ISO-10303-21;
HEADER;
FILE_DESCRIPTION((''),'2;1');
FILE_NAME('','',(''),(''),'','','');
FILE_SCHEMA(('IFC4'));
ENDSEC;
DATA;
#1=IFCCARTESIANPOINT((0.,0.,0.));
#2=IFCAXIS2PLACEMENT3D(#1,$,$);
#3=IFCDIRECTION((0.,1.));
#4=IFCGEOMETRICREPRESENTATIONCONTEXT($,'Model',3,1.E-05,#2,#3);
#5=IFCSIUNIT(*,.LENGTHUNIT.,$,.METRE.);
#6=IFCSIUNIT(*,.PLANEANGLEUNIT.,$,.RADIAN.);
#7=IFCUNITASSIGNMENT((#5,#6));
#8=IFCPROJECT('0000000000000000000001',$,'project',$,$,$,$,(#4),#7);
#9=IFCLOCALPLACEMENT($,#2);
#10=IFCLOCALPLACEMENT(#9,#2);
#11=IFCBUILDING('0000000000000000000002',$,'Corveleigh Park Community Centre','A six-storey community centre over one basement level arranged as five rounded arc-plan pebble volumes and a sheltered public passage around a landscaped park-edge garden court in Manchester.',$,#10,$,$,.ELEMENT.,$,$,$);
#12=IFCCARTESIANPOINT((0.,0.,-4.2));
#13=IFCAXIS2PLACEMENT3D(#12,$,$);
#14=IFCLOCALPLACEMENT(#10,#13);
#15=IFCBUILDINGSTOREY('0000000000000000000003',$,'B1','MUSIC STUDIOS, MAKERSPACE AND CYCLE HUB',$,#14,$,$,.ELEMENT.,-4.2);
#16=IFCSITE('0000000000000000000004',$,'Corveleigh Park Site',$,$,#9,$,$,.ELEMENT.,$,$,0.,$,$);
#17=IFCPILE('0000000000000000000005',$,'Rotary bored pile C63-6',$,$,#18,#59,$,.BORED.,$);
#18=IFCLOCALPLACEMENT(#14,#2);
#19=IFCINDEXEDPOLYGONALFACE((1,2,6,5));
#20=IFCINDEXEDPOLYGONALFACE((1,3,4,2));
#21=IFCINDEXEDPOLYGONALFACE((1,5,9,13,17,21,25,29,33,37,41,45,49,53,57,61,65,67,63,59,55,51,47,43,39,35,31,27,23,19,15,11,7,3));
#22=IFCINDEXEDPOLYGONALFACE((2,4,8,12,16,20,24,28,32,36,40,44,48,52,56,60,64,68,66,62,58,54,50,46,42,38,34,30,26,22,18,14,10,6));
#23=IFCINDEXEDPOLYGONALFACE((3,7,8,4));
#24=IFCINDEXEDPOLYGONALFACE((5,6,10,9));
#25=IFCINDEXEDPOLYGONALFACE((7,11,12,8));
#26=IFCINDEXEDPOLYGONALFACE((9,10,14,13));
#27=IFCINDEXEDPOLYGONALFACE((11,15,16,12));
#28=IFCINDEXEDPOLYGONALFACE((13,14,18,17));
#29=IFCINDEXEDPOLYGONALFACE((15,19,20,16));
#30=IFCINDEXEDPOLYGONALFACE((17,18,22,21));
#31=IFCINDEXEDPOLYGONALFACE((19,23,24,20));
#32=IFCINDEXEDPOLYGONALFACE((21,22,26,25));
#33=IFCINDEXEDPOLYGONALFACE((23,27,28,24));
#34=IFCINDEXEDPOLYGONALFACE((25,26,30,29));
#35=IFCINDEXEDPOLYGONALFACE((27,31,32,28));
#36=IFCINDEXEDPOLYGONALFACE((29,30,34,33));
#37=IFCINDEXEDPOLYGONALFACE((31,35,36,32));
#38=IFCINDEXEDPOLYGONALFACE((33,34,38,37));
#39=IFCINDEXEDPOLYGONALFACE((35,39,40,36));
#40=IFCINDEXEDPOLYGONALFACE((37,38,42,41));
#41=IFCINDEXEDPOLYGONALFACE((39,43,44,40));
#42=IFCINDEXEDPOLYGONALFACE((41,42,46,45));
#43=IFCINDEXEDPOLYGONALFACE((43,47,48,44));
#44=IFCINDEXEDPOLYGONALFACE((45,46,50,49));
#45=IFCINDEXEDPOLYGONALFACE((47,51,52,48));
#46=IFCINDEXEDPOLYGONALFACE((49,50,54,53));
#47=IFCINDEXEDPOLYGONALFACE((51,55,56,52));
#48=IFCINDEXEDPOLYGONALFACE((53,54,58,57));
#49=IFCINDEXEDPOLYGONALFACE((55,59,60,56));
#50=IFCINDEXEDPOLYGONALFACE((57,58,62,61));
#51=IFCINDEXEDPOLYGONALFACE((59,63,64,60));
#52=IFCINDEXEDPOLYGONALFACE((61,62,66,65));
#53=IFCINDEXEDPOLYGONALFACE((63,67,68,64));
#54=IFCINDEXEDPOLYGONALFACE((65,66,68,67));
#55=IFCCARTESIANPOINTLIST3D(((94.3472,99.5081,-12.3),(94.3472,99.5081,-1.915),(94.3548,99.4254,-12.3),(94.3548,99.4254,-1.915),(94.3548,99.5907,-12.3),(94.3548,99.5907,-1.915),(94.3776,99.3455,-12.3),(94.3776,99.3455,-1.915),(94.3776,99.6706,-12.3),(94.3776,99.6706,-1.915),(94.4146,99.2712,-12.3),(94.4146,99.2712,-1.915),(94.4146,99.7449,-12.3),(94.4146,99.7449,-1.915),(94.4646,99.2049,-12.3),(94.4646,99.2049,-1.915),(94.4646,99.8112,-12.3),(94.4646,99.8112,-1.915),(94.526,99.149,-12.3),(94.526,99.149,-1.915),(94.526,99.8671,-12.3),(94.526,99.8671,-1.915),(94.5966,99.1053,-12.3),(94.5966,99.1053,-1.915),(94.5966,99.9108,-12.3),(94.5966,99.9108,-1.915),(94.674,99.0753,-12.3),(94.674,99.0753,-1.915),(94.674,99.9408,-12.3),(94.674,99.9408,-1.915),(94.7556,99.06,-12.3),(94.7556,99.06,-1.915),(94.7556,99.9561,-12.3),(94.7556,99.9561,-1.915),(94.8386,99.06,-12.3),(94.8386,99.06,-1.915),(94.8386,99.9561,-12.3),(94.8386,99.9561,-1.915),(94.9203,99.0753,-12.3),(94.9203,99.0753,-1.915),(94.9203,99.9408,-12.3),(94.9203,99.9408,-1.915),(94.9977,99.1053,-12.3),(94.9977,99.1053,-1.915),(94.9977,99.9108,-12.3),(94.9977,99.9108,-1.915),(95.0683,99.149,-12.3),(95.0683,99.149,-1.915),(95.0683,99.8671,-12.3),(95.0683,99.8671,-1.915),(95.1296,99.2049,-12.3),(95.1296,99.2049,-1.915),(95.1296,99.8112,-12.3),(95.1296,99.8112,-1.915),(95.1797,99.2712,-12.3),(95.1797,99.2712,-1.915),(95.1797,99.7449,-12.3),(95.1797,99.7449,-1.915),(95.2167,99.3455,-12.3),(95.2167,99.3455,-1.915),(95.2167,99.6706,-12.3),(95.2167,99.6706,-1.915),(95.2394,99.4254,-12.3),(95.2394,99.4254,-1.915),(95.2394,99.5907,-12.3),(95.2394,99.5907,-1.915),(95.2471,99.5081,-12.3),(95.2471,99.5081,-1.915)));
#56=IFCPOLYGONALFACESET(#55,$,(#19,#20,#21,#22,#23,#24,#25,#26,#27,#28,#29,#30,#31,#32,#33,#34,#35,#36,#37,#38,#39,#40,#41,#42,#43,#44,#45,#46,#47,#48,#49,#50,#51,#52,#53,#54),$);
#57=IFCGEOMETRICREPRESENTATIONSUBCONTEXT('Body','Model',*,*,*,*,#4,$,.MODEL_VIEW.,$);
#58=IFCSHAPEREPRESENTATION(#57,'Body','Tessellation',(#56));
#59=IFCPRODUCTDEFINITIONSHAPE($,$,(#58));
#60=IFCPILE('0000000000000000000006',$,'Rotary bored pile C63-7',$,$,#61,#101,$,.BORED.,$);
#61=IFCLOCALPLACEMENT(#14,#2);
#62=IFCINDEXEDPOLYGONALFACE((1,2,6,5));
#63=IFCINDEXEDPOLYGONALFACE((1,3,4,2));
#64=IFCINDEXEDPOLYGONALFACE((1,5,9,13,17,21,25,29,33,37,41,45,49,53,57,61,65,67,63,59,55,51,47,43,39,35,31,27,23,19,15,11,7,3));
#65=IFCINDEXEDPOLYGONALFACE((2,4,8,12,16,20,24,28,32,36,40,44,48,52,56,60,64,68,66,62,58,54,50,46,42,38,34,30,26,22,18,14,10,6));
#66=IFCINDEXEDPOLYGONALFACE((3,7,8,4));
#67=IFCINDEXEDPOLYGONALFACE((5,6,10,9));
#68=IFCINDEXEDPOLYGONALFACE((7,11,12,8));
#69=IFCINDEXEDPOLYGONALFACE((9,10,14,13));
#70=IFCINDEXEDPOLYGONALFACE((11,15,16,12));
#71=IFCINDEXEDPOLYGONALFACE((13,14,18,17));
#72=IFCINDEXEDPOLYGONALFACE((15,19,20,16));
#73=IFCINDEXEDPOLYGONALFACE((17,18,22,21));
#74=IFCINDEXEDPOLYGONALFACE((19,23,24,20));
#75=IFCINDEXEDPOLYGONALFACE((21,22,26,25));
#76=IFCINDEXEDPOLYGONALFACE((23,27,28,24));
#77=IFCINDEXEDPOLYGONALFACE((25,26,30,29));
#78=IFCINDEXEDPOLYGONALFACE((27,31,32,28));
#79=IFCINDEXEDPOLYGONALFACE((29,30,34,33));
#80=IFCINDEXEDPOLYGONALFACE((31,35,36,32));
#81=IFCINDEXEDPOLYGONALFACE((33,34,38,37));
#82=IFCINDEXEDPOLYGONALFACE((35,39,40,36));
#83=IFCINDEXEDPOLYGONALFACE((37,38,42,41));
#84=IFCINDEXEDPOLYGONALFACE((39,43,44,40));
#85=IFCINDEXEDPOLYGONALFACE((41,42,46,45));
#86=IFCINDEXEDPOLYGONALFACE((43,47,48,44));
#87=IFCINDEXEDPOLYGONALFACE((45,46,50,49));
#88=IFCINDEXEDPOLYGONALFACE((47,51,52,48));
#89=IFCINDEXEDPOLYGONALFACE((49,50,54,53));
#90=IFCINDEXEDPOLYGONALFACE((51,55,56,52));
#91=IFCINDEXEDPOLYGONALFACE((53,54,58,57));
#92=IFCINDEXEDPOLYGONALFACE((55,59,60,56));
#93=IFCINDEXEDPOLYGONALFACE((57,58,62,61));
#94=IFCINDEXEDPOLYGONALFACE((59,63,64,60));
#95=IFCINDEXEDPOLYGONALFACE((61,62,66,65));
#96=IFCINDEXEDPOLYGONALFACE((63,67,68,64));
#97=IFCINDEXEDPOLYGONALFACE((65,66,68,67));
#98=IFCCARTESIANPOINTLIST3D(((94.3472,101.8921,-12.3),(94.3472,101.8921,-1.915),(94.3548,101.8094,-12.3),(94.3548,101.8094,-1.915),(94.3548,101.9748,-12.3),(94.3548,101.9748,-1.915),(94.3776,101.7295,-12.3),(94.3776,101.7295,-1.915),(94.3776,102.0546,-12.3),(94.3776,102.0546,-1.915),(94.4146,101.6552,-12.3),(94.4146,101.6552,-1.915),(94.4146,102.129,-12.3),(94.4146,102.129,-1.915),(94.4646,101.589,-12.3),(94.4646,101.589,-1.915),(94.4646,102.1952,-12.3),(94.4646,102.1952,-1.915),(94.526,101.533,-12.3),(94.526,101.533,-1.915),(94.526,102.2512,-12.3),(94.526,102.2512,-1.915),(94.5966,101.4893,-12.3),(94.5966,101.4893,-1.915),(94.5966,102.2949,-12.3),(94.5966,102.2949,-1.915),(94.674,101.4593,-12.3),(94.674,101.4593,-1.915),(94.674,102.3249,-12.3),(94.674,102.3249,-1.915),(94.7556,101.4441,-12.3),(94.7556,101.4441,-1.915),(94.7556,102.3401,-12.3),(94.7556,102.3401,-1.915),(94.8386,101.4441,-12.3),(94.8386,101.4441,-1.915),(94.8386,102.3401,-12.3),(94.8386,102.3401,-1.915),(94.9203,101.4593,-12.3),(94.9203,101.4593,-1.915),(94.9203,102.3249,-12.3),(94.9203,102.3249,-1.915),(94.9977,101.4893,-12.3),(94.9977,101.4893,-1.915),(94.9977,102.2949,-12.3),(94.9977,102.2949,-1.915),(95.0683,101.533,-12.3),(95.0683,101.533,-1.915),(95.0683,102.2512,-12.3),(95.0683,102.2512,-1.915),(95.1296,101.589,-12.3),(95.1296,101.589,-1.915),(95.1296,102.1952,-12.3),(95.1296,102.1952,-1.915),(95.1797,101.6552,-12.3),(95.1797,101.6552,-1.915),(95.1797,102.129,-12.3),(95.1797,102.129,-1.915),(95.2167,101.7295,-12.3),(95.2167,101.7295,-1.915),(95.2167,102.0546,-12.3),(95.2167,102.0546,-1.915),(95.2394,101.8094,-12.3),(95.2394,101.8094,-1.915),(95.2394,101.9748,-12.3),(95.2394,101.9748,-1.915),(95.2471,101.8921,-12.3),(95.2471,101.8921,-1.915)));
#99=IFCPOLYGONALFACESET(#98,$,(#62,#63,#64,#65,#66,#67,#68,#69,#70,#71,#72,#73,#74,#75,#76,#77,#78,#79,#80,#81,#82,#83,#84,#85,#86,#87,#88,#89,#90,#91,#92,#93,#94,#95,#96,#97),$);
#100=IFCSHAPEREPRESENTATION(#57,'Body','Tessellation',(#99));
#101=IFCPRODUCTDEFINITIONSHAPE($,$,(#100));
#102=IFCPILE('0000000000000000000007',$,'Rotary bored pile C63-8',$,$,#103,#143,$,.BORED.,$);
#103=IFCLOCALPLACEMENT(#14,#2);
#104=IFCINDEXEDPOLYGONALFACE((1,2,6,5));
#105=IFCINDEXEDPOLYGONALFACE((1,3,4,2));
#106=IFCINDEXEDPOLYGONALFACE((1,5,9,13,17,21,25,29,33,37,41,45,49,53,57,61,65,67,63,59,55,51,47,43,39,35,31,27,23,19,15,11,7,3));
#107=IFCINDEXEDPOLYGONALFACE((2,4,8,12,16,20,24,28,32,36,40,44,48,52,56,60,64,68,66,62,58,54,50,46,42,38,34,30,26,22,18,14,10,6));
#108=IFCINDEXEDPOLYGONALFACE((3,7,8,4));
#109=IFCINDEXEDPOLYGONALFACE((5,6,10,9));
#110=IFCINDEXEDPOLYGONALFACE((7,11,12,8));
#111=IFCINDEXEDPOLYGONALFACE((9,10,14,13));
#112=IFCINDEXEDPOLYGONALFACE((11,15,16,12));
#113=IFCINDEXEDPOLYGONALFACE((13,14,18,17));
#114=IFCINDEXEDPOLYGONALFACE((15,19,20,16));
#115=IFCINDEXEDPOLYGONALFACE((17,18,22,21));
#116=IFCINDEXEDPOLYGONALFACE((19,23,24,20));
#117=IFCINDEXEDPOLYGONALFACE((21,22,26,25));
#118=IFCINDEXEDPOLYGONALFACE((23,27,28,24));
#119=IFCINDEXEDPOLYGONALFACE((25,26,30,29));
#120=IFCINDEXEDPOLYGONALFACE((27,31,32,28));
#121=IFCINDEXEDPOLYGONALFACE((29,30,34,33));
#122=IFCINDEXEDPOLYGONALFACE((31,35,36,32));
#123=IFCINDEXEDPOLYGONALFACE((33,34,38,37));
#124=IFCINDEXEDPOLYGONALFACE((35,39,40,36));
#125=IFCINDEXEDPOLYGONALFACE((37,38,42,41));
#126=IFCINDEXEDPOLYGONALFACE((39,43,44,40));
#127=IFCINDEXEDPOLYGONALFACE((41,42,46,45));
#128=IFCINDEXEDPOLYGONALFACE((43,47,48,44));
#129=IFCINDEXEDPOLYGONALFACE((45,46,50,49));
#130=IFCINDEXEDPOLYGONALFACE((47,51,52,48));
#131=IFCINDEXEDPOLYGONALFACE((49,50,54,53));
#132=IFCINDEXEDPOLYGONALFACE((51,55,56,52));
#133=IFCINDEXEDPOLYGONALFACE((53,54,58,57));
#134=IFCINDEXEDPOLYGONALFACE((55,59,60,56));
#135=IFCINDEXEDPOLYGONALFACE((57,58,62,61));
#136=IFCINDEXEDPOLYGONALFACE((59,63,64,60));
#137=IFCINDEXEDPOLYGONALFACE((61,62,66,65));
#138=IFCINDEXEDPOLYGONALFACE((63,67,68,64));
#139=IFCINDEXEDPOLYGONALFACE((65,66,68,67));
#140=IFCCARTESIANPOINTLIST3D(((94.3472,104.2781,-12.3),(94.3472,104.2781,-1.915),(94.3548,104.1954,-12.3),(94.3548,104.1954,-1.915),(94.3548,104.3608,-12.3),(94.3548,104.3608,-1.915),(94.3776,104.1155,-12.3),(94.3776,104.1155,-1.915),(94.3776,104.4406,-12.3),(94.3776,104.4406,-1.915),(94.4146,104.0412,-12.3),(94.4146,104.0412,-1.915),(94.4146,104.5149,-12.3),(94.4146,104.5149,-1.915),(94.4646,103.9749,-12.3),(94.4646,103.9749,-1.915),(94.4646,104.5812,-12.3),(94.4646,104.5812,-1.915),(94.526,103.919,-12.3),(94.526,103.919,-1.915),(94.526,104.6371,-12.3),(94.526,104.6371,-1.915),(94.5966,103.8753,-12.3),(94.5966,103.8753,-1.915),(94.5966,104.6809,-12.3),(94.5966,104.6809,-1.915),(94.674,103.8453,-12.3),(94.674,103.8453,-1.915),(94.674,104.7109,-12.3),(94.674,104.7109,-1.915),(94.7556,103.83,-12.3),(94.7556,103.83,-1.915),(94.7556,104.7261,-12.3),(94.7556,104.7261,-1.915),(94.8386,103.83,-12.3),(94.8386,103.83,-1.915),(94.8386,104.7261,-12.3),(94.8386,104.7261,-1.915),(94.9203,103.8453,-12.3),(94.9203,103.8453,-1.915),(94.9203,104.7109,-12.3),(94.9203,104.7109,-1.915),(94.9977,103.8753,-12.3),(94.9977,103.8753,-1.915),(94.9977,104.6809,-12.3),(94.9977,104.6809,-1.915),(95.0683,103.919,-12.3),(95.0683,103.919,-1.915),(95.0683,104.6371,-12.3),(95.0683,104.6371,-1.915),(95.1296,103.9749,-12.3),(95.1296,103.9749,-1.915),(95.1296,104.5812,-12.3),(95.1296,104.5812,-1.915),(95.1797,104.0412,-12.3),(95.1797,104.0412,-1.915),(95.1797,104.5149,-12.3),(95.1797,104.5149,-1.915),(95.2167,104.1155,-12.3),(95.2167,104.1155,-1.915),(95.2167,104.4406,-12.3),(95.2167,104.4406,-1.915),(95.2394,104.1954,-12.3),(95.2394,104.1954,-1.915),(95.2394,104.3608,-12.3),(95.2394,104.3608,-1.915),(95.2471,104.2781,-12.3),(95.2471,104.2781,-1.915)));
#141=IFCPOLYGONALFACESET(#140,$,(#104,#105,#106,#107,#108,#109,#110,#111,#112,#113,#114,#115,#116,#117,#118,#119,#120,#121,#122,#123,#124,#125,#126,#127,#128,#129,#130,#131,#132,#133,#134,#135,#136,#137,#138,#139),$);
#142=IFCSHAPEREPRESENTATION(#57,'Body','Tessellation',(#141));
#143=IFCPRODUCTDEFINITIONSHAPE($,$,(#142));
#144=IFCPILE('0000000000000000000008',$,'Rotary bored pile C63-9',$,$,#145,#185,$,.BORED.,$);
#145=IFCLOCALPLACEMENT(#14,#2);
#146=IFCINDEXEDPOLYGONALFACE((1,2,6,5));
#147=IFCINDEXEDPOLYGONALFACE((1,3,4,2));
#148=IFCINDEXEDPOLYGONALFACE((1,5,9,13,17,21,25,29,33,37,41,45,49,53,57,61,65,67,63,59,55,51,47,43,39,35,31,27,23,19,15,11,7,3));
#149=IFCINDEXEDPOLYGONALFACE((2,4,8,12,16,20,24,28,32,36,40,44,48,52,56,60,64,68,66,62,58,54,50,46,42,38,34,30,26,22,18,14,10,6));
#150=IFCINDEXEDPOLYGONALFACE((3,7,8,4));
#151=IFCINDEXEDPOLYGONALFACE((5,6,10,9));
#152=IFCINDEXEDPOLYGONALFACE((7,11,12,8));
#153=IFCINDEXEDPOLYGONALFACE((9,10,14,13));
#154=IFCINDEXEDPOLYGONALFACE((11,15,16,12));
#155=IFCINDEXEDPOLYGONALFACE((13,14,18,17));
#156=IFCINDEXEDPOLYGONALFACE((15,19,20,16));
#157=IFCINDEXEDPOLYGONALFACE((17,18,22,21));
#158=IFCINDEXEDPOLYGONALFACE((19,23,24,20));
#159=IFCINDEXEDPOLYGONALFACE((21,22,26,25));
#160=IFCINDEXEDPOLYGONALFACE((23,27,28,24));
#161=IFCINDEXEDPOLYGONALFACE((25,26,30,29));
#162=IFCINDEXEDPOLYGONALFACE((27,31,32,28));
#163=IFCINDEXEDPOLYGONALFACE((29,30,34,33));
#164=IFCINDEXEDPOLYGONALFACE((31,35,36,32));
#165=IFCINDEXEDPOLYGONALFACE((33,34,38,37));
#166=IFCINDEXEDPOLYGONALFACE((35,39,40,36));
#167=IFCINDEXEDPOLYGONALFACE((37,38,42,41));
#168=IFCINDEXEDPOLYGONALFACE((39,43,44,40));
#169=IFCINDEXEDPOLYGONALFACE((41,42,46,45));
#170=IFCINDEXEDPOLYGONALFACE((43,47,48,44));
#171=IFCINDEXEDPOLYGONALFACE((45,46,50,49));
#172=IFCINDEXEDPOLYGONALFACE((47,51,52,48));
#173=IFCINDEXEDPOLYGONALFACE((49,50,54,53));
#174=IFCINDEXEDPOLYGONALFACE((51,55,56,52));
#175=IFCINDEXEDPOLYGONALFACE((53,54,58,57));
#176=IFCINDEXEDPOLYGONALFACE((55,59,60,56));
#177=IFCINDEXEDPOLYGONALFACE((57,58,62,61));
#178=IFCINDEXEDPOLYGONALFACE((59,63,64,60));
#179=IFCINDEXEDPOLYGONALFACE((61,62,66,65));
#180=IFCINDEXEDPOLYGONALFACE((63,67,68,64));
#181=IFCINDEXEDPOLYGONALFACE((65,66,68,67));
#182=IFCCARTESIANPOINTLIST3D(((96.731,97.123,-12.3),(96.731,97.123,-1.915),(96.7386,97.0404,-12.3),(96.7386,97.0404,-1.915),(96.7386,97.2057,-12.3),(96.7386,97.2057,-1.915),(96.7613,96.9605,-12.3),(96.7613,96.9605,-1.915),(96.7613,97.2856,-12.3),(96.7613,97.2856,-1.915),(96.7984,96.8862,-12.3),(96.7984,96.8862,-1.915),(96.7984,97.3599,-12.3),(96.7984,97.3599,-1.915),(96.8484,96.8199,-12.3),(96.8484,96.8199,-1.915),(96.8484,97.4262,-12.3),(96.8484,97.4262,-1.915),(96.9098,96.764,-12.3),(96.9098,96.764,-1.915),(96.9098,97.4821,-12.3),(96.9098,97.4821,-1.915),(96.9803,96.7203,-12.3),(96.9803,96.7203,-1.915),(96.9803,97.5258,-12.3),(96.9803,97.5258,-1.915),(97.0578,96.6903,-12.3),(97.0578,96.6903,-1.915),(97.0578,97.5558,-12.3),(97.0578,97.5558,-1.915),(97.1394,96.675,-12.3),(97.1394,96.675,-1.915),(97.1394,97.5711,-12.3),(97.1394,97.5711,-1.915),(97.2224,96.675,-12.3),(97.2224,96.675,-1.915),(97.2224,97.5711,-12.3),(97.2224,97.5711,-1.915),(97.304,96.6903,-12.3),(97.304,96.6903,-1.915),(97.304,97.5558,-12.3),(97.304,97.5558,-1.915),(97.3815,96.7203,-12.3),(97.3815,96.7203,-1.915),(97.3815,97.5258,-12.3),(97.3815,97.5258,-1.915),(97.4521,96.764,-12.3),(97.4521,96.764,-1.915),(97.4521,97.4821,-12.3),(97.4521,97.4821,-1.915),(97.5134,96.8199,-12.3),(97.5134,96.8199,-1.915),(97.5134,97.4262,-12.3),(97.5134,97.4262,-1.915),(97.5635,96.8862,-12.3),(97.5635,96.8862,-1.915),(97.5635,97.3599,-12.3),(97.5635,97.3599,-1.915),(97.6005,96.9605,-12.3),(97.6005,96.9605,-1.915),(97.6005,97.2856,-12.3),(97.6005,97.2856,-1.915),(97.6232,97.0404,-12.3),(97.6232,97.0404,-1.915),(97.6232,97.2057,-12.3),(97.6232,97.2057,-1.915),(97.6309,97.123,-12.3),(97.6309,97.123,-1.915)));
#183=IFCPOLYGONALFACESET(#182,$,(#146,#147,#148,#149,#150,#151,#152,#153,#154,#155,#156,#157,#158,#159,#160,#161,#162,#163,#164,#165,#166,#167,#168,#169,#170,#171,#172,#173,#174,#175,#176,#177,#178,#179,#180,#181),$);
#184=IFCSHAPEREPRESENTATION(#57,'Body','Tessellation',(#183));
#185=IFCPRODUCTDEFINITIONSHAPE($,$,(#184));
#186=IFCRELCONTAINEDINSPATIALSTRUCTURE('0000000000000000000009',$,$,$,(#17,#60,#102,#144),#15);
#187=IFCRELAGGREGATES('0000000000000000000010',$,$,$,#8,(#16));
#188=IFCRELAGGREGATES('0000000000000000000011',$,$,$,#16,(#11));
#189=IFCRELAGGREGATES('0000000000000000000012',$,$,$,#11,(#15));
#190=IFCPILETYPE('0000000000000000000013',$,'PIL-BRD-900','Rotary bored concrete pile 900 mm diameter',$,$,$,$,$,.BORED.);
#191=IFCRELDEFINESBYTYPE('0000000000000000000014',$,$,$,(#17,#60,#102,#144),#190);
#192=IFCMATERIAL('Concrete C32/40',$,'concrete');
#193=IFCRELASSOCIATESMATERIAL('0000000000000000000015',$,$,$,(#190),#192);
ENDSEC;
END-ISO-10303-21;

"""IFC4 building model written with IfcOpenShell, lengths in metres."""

from ifc_helpers import new_model, si_unit, direction, frame, origin, origin_2d, place, context, subcontext, project, spatial, circle, extrude, material, material_profile, profile_set, type_object, element, save


model = new_model("IFC4")

# Units and contexts
model_context = context("Model", 3, precision=1e-05, world=origin(), true_north=direction((0.0, 1.0)))
body_context = subcontext(model_context, "Body", "Model", "MODEL_VIEW")
ifc_project = project(units=[si_unit("LENGTHUNIT", "METRE"), si_unit("PLANEANGLEUNIT", "RADIAN")], contexts=[model_context])

# Site, building, storey
site_placement = place(None, origin())
site = spatial("IfcSite", under=ifc_project, at=site_placement, Name="Corveleigh Park Site", CompositionType="ELEMENT", RefElevation=0.0)
building_placement = place(site_placement, origin())
building = spatial("IfcBuilding", under=site, at=building_placement, Name="Corveleigh Park Community Centre", Description="A six-storey community centre over one basement level arranged as five rounded arc-plan pebble volumes and a sheltered public passage around a landscaped park-edge garden court in Manchester.", CompositionType="ELEMENT")
storey_placement = place(building_placement, frame((0.0, 0.0, -4.2)))
storey = spatial("IfcBuildingStorey", under=building, at=storey_placement, Name="B1", Description="MUSIC STUDIOS, MAKERSPACE AND CYCLE HUB", CompositionType="ELEMENT", Elevation=-4.2)

# Piles
ifc_material_1 = material(Name="Concrete C32/40", Category="concrete")
ifc_material_profile_1 = material_profile(ifc_material_1, circle(Radius=0.45, at=origin_2d()), Name="BORED-PILE-900", Category="concrete")
ifc_profile_set_1 = profile_set([ifc_material_profile_1], Name="Concrete C32/40")
pile_type_1 = type_object("IfcPileType", Name="PIL-BRD-900", Description="Rotary bored concrete pile 900 mm diameter", PredefinedType="BORED", material=ifc_profile_set_1)
for number, where, z_axis, x_axis, name in (
    (1, (94.7971, 99.5081, -1.915), (0.0, 0.0, -1.0), (1.0, 0.0, 0.0), "Rotary bored pile C63-6"),
    (2, (94.7971, 101.8921, -1.915), (0.0, 0.0, -1.0), (1.0, 0.0, 0.0), "Rotary bored pile C63-7"),
    (3, (94.7971, 104.2781, -1.915), (0.0, 0.0, -1.0), (1.0, 0.0, 0.0), "Rotary bored pile C63-8"),
    (4, (97.1809, 97.123, -1.915), (0.0, 0.0, -1.0), (1.0, 0.0, 0.0), "Rotary bored pile C63-9"),
):
    element("IfcPile", number, at=place(storey_placement, frame(where, z_axis=z_axis, x_axis=x_axis)), inside=storey, type_object=pile_type_1, Name=name, PredefinedType="BORED", context=body_context, shape_type="SweptSolid", body=[
        extrude(circle(Radius=0.45, at=origin_2d()), origin(), (0.0, 0.0, 1.0), 10.385),
    ])

save(model, "model.ifc")
